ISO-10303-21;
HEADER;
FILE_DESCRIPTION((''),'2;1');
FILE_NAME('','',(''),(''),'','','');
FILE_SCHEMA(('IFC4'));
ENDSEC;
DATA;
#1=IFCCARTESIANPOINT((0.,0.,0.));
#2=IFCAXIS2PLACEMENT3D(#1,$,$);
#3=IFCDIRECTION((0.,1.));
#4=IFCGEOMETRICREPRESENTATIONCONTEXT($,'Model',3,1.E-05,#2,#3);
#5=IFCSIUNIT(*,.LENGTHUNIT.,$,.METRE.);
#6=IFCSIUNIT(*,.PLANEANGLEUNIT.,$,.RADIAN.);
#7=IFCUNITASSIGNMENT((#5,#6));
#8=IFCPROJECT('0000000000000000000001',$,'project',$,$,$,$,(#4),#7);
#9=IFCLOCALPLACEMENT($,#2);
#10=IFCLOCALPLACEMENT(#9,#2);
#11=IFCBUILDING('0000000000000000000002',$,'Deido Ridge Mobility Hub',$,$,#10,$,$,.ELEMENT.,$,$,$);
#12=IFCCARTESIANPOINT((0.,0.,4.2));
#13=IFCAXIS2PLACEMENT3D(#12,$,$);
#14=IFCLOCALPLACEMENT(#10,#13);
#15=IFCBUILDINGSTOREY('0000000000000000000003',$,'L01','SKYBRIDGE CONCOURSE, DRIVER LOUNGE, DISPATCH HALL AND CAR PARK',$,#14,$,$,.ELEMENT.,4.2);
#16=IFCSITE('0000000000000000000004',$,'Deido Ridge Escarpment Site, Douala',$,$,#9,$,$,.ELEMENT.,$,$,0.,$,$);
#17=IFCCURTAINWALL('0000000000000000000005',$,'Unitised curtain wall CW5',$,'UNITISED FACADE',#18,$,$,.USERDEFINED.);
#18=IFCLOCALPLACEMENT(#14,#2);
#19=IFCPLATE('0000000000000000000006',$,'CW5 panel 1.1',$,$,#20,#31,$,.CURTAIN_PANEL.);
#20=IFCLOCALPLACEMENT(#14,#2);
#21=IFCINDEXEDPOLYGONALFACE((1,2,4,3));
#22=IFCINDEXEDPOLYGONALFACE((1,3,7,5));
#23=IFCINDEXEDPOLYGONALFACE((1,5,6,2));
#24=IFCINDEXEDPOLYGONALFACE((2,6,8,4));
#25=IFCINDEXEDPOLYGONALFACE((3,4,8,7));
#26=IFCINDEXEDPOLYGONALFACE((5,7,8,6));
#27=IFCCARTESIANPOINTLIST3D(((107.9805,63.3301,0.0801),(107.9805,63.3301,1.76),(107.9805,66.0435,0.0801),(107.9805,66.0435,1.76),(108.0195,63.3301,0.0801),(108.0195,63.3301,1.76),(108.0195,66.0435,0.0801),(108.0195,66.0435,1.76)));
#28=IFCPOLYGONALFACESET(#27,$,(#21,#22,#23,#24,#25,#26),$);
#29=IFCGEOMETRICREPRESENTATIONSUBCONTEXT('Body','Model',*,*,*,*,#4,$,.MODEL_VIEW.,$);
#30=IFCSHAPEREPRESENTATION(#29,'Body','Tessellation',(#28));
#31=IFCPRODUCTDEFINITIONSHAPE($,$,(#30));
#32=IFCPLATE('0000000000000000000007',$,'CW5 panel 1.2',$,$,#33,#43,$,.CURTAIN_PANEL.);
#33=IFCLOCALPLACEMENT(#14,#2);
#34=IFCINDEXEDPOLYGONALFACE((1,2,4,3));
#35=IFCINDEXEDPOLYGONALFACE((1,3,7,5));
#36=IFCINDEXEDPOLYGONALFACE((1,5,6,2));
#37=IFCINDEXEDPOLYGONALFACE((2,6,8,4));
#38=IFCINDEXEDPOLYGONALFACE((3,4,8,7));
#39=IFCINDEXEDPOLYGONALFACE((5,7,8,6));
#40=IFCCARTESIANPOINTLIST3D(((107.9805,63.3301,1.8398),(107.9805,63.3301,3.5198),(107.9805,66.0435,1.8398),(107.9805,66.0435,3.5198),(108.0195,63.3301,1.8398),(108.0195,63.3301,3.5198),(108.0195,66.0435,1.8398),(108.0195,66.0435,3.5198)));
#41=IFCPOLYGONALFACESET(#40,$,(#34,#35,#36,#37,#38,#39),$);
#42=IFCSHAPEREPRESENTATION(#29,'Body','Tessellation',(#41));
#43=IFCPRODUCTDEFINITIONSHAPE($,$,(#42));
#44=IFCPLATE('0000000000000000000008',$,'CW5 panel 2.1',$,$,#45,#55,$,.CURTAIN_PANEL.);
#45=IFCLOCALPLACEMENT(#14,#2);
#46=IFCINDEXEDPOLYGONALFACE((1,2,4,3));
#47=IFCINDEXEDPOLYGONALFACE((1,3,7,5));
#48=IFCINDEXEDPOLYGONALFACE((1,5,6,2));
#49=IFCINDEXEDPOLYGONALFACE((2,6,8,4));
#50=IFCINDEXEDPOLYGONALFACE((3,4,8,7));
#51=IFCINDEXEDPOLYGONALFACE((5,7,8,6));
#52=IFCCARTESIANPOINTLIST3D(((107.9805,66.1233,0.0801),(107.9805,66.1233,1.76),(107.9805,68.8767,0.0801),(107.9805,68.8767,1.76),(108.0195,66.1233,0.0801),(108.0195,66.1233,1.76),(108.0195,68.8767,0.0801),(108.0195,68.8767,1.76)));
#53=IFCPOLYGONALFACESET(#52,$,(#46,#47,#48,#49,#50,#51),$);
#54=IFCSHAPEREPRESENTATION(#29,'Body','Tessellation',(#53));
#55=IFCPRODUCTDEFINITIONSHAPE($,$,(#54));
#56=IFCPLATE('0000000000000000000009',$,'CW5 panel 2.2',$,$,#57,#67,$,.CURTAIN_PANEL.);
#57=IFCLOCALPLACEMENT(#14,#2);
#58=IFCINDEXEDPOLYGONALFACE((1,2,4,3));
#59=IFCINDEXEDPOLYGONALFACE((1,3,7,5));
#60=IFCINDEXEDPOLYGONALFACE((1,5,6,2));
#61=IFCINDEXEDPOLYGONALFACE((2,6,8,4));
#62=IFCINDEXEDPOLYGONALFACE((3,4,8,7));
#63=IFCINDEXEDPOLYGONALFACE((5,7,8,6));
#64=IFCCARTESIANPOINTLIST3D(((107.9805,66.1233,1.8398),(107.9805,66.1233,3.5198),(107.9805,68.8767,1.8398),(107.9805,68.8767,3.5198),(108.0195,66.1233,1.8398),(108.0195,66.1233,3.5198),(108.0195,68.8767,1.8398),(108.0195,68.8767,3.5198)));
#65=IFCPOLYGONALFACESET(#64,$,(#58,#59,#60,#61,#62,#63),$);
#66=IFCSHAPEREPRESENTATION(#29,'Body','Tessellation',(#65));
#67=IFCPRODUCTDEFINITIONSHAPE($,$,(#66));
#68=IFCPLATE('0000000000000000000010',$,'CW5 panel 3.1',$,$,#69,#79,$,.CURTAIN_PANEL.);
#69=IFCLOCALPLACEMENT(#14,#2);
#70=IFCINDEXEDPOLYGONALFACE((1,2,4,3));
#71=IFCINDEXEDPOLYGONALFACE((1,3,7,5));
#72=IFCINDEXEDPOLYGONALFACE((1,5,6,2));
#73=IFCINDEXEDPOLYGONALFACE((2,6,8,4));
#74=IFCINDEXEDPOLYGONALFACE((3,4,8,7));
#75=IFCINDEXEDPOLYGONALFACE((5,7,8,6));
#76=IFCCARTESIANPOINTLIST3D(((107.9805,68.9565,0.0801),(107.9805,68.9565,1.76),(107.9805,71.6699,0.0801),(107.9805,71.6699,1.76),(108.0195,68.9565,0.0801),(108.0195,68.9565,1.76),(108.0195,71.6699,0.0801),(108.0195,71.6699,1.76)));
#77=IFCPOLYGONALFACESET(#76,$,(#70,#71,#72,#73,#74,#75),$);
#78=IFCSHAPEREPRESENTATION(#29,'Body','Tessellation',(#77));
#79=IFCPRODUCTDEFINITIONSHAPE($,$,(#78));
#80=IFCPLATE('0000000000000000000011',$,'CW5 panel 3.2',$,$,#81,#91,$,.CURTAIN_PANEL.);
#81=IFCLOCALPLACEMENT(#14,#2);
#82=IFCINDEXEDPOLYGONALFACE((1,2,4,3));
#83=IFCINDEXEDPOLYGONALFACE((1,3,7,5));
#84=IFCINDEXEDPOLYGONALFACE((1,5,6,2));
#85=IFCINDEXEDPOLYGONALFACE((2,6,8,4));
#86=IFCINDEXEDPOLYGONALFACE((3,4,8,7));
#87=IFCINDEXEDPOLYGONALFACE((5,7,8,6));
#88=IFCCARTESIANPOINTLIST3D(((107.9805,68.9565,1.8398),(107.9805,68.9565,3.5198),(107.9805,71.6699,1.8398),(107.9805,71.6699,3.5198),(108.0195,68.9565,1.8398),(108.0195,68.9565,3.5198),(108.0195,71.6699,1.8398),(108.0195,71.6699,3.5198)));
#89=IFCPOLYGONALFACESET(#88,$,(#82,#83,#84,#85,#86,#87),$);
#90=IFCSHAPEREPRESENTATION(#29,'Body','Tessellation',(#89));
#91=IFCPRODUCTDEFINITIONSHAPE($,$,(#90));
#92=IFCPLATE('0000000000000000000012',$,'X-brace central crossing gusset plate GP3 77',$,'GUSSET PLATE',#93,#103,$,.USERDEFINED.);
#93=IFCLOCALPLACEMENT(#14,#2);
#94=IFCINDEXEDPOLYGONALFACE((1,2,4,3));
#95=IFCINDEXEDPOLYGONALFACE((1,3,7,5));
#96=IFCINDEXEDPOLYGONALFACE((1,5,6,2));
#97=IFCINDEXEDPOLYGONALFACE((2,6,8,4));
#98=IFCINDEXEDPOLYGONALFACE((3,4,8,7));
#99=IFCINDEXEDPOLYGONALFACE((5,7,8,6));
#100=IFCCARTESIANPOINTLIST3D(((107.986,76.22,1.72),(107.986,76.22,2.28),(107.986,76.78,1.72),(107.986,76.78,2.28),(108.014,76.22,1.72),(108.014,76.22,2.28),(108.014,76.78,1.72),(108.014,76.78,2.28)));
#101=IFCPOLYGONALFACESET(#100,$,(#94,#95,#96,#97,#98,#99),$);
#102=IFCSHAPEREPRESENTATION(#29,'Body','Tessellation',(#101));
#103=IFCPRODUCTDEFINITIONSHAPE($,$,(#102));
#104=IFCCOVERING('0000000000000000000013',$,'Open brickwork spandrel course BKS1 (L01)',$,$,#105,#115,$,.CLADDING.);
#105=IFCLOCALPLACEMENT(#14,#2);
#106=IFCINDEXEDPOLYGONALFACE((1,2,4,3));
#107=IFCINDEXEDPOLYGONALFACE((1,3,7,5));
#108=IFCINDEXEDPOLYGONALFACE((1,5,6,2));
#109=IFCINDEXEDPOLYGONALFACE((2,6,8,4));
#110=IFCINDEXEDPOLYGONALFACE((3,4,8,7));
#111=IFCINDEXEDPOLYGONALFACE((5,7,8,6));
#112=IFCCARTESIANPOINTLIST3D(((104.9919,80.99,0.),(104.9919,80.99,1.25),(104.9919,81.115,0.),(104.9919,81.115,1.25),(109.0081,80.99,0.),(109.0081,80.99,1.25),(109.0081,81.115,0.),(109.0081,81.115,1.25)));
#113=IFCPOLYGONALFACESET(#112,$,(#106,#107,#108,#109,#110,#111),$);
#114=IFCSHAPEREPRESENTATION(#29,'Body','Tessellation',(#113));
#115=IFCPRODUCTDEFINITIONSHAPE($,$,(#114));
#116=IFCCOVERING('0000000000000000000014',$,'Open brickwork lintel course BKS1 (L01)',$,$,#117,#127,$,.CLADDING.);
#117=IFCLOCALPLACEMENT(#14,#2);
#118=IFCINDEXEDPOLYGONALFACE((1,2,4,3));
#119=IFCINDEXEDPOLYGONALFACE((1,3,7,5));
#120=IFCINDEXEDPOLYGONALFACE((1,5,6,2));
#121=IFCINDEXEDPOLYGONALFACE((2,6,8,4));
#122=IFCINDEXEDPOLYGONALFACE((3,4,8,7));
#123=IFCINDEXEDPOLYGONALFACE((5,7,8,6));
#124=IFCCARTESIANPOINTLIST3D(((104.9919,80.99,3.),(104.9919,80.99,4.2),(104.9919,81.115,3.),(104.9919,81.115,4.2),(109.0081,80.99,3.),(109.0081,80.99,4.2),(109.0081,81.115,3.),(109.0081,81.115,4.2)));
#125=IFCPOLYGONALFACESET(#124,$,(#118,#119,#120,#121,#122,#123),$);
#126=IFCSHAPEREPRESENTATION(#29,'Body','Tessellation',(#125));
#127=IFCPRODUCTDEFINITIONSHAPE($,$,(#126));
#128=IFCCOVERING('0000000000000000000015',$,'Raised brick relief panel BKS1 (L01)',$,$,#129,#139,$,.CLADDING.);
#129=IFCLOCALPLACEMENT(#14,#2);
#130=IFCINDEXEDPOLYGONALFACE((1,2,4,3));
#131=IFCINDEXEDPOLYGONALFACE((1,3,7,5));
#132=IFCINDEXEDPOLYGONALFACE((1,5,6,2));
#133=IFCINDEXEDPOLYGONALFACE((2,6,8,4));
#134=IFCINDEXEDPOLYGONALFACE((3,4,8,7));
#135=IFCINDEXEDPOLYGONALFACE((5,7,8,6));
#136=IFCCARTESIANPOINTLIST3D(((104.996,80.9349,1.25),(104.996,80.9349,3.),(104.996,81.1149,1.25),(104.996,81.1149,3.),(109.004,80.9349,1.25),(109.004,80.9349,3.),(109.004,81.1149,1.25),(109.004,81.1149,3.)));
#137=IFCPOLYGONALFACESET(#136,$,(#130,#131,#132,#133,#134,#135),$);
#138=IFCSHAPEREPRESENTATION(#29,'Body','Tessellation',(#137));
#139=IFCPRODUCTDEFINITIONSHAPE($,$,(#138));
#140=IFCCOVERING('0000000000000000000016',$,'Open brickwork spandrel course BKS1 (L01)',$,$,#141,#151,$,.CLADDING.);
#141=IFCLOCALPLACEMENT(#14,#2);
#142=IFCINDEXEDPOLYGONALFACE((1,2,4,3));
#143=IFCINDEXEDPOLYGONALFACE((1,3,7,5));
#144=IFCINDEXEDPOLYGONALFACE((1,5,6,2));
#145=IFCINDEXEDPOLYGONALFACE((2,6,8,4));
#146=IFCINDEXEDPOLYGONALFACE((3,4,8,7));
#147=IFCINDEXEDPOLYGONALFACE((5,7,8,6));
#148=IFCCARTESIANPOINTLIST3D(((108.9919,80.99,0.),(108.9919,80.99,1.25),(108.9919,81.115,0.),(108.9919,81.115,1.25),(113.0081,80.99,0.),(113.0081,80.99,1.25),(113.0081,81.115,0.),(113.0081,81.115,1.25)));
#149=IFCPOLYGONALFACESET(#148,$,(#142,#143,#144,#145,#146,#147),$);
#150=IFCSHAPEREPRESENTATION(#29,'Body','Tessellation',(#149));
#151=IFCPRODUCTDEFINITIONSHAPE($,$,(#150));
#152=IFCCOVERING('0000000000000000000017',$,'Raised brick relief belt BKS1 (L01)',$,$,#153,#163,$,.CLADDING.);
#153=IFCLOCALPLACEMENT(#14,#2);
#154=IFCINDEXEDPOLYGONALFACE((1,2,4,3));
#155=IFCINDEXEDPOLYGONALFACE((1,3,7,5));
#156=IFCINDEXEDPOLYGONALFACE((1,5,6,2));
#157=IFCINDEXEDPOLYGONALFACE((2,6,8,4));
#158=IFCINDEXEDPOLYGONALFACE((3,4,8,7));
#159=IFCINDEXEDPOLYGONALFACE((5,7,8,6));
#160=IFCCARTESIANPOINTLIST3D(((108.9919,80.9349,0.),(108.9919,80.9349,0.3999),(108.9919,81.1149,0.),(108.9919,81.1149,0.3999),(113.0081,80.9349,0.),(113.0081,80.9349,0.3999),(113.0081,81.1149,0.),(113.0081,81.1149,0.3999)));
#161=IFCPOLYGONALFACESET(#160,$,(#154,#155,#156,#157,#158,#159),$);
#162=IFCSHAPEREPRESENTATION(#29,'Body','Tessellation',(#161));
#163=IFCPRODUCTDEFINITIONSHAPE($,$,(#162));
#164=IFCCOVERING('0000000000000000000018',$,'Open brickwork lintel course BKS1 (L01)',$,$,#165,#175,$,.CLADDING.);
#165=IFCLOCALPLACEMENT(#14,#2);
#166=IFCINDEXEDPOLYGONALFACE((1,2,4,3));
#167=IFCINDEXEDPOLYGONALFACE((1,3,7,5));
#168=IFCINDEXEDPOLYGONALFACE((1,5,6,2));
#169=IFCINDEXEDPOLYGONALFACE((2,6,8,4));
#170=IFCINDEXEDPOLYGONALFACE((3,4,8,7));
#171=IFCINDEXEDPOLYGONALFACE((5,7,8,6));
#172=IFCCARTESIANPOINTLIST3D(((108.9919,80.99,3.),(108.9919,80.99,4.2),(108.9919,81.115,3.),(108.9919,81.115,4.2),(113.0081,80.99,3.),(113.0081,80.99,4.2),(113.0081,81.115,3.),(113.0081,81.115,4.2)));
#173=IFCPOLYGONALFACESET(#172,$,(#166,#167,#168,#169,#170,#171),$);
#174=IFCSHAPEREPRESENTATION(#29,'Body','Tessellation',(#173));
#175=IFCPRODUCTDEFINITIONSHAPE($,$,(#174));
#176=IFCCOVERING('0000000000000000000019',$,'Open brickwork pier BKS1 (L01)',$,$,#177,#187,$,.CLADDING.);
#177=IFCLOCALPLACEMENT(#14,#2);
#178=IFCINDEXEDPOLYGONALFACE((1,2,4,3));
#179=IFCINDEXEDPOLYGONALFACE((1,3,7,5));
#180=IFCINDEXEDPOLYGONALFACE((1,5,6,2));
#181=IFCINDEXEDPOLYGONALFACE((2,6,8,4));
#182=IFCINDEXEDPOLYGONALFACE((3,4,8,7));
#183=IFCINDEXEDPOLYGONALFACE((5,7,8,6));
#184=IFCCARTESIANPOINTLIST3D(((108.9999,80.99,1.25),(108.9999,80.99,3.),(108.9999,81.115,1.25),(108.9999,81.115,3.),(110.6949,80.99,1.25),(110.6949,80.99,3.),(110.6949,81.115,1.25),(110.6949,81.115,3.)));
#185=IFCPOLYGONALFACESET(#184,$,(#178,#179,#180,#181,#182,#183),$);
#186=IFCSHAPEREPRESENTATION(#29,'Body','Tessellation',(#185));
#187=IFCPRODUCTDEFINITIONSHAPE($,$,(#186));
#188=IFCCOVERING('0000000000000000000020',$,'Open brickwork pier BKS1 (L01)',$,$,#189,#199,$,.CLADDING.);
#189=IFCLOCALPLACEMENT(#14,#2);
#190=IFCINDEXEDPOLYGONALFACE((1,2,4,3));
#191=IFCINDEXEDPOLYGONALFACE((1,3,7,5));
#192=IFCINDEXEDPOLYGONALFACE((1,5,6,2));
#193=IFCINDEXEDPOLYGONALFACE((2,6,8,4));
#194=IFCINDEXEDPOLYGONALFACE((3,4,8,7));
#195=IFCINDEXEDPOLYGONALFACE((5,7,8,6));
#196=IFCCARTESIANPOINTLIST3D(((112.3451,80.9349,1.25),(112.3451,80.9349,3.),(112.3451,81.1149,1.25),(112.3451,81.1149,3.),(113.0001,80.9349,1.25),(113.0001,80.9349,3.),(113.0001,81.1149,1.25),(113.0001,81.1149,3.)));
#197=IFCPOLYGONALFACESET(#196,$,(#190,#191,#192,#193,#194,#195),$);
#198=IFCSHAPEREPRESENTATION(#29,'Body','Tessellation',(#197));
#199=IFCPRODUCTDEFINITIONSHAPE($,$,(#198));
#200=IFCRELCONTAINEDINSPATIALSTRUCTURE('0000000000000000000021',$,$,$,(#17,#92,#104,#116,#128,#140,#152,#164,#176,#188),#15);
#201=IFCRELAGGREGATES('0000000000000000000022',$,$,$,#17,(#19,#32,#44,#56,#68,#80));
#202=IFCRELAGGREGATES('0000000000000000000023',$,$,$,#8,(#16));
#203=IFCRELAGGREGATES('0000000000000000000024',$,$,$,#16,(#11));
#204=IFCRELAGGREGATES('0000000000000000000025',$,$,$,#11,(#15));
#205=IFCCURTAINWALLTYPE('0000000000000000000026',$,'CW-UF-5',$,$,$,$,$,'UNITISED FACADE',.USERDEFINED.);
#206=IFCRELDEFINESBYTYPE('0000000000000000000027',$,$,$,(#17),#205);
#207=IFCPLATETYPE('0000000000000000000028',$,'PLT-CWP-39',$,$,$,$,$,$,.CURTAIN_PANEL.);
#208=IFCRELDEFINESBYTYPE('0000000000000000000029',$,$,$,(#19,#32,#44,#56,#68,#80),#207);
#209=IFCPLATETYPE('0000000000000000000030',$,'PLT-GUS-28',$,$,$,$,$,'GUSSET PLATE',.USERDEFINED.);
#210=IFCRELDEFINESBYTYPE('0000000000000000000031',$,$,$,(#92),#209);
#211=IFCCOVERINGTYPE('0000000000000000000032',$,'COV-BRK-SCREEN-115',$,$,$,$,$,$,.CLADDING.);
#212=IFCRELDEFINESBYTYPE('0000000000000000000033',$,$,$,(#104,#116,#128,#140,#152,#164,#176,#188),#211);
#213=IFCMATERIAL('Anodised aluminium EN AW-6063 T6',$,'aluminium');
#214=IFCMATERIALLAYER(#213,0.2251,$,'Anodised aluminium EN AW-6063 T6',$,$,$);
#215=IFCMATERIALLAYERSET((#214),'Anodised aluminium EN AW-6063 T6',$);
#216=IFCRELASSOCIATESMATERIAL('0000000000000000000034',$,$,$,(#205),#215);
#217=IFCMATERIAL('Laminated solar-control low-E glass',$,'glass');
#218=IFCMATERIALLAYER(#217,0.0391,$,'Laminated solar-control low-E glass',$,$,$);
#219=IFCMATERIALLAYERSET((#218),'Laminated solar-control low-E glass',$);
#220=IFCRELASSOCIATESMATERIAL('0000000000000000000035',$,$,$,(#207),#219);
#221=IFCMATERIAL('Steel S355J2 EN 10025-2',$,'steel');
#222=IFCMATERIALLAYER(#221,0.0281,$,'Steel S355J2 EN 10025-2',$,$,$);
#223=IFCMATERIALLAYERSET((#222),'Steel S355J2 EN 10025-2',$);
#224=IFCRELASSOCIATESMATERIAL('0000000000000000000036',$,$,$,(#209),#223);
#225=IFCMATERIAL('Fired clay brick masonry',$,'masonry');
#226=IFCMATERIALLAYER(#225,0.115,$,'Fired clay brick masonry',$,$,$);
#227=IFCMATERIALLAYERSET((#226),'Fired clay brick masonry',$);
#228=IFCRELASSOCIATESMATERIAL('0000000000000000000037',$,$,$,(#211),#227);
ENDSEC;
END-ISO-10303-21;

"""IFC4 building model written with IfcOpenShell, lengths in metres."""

from ifc_helpers import new_model, si_unit, direction, frame, origin, origin_2d, place, context, subcontext, project, spatial, rectangle, extrude, material, layer, layer_set, type_object, element, aggregate, save


model = new_model("IFC4")

# Units and contexts
model_context = context("Model", 3, precision=1e-05, world=origin(), true_north=direction((0.0, 1.0)))
body_context = subcontext(model_context, "Body", "Model", "MODEL_VIEW")
ifc_project = project(units=[si_unit("LENGTHUNIT", "METRE"), si_unit("PLANEANGLEUNIT", "RADIAN")], contexts=[model_context])

# Site, building, storey
site_placement = place(None, origin())
site = spatial("IfcSite", under=ifc_project, at=site_placement, Name="Deido Ridge Escarpment Site, Douala", CompositionType="ELEMENT", RefElevation=0.0)
building_placement = place(site_placement, origin())
building = spatial("IfcBuilding", under=site, at=building_placement, Name="Deido Ridge Mobility Hub", CompositionType="ELEMENT")
storey_placement = place(building_placement, frame((0.0, 0.0, 4.2)))
storey = spatial("IfcBuildingStorey", under=building, at=storey_placement, Name="L01", Description="SKYBRIDGE CONCOURSE, DRIVER LOUNGE, DISPATCH HALL AND CAR PARK", CompositionType="ELEMENT", Elevation=4.2)

# Shared definitions
ifc_material_1 = material(Name="Steel S355J2 EN 10025-2", Category="steel")

# Curtain wall
ifc_material_2 = material(Name="Anodised aluminium EN AW-6063 T6", Category="aluminium")
ifc_layer_1 = layer(ifc_material_2, 0.2251, Name="Anodised aluminium EN AW-6063 T6")
ifc_layer_set_1 = layer_set([ifc_layer_1], Name="Anodised aluminium EN AW-6063 T6")
curtain_wall_type = type_object("IfcCurtainWallType", Name="CW-UF-5", ElementType="UNITISED FACADE", PredefinedType="USERDEFINED", material=ifc_layer_set_1)
curtain_wall_placement = place(storey_placement, origin())
curtain_wall = element("IfcCurtainWall", 1, at=curtain_wall_placement, inside=storey, type_object=curtain_wall_type, Name="Unitised curtain wall CW5", ObjectType="UNITISED FACADE", PredefinedType="USERDEFINED")

# Plates
ifc_material_3 = material(Name="Laminated solar-control low-E glass", Category="glass")
ifc_layer_2 = layer(ifc_material_3, 0.0391, Name="Laminated solar-control low-E glass")
ifc_layer_set_2 = layer_set([ifc_layer_2], Name="Laminated solar-control low-E glass")
plate_type_1 = type_object("IfcPlateType", Name="PLT-CWP-39", PredefinedType="CURTAIN_PANEL", material=ifc_layer_set_2)
plate_1_placement = place(storey_placement, frame((108.0, 64.6868, 0.0801), z_axis=(0.0, 0.0, 1.0), x_axis=(0.0, 1.0, 0.0)))
plate_1 = element("IfcPlate", 2, at=plate_1_placement, type_object=plate_type_1, Name="CW5 panel 1.1", PredefinedType="CURTAIN_PANEL", context=body_context, shape_type="SweptSolid", body=[
    extrude(rectangle(XDim=2.7134, YDim=0.0391, at=origin_2d()), origin(), (0.0, 0.0, 1.0), 1.6799),
])
plate_2_placement = place(storey_placement, frame((108.0, 64.6868, 1.8398), z_axis=(0.0, 0.0, 1.0), x_axis=(0.0, 1.0, 0.0)))
plate_2 = element("IfcPlate", 3, at=plate_2_placement, type_object=plate_type_1, Name="CW5 panel 1.2", PredefinedType="CURTAIN_PANEL", context=body_context, shape_type="SweptSolid", body=[
    extrude(rectangle(XDim=2.7134, YDim=0.0391, at=origin_2d()), origin(), (0.0, 0.0, 1.0), 1.6799),
])
plate_3_placement = place(storey_placement, frame((108.0, 67.5, 0.0801), z_axis=(0.0, 0.0, 1.0), x_axis=(0.0, 1.0, 0.0)))
plate_3 = element("IfcPlate", 4, at=plate_3_placement, type_object=plate_type_1, Name="CW5 panel 2.1", PredefinedType="CURTAIN_PANEL", context=body_context, shape_type="SweptSolid", body=[
    extrude(rectangle(XDim=2.7534, YDim=0.0391, at=origin_2d()), origin(), (0.0, 0.0, 1.0), 1.6799),
])
plate_4_placement = place(storey_placement, frame((108.0, 67.5, 1.8398), z_axis=(0.0, 0.0, 1.0), x_axis=(0.0, 1.0, 0.0)))
plate_4 = element("IfcPlate", 5, at=plate_4_placement, type_object=plate_type_1, Name="CW5 panel 2.2", PredefinedType="CURTAIN_PANEL", context=body_context, shape_type="SweptSolid", body=[
    extrude(rectangle(XDim=2.7534, YDim=0.0391, at=origin_2d()), origin(), (0.0, 0.0, 1.0), 1.6799),
])
plate_5_placement = place(storey_placement, frame((108.0, 70.3132, 0.0801), z_axis=(0.0, 0.0, 1.0), x_axis=(0.0, 1.0, 0.0)))
plate_5 = element("IfcPlate", 6, at=plate_5_placement, type_object=plate_type_1, Name="CW5 panel 3.1", PredefinedType="CURTAIN_PANEL", context=body_context, shape_type="SweptSolid", body=[
    extrude(rectangle(XDim=2.7134, YDim=0.0391, at=origin_2d()), origin(), (0.0, 0.0, 1.0), 1.6799),
])
plate_6_placement = place(storey_placement, frame((108.0, 70.3132, 1.8398), z_axis=(0.0, 0.0, 1.0), x_axis=(0.0, 1.0, 0.0)))
plate_6 = element("IfcPlate", 7, at=plate_6_placement, type_object=plate_type_1, Name="CW5 panel 3.2", PredefinedType="CURTAIN_PANEL", context=body_context, shape_type="SweptSolid", body=[
    extrude(rectangle(XDim=2.7134, YDim=0.0391, at=origin_2d()), origin(), (0.0, 0.0, 1.0), 1.6799),
])
aggregate(curtain_wall, [plate_1, plate_2, plate_3, plate_4, plate_5, plate_6])
ifc_layer_3 = layer(ifc_material_1, 0.0281, Name="Steel S355J2 EN 10025-2")
ifc_layer_set_3 = layer_set([ifc_layer_3], Name="Steel S355J2 EN 10025-2")
plate_type_2 = type_object("IfcPlateType", Name="PLT-GUS-28", ElementType="GUSSET PLATE", PredefinedType="USERDEFINED", material=ifc_layer_set_3)
plate_7_placement = place(storey_placement, frame((108.0, 76.5, 1.72), z_axis=(0.0, 0.0, 1.0), x_axis=(0.0, 1.0, 0.0)))
element("IfcPlate", 8, at=plate_7_placement, inside=storey, type_object=plate_type_2, Name="X-brace central crossing gusset plate GP3 77", ObjectType="GUSSET PLATE", PredefinedType="USERDEFINED", context=body_context, shape_type="SweptSolid", body=[
    extrude(rectangle(XDim=0.5601, YDim=0.0281, at=origin_2d()), origin(), (0.0, 0.0, 1.0), 0.5601),
])

# Coverings
ifc_material_4 = material(Name="Fired clay brick masonry", Category="masonry")
ifc_layer_4 = layer(ifc_material_4, 0.115, Name="Fired clay brick masonry")
ifc_layer_set_4 = layer_set([ifc_layer_4], Name="Fired clay brick masonry")
covering_type = type_object("IfcCoveringType", Name="COV-BRK-SCREEN-115", PredefinedType="CLADDING", material=ifc_layer_set_4)
covering_1_placement = place(storey_placement, frame((107.0, 81.0525, 0.0), z_axis=(0.0, 0.0, 1.0), x_axis=(1.0, 0.0, 0.0)))
element("IfcCovering", 9, at=covering_1_placement, inside=storey, type_object=covering_type, Name="Open brickwork spandrel course BKS1 (L01)", PredefinedType="CLADDING", context=body_context, shape_type="SweptSolid", body=[
    extrude(rectangle(XDim=4.0161, YDim=0.125, at=origin_2d()), origin(), (0.0, 0.0, 1.0), 1.25),
])
covering_2_placement = place(storey_placement, frame((107.0, 81.0525, 3.0), z_axis=(0.0, 0.0, 1.0), x_axis=(1.0, 0.0, 0.0)))
element("IfcCovering", 10, at=covering_2_placement, inside=storey, type_object=covering_type, Name="Open brickwork lintel course BKS1 (L01)", PredefinedType="CLADDING", context=body_context, shape_type="SweptSolid", body=[
    extrude(rectangle(XDim=4.0161, YDim=0.125, at=origin_2d()), origin(), (0.0, 0.0, 1.0), 1.2),
])
covering_3_placement = place(storey_placement, frame((107.0, 81.0249, 1.25), z_axis=(0.0, 0.0, 1.0), x_axis=(1.0, 0.0, 0.0)))
element("IfcCovering", 11, at=covering_3_placement, inside=storey, type_object=covering_type, Name="Raised brick relief panel BKS1 (L01)", PredefinedType="CLADDING", context=body_context, shape_type="SweptSolid", body=[
    extrude(rectangle(XDim=4.0081, YDim=0.1799, at=origin_2d()), origin(), (0.0, 0.0, 1.0), 1.75),
])
covering_4_placement = place(storey_placement, frame((111.0, 81.0525, 0.0), z_axis=(0.0, 0.0, 1.0), x_axis=(1.0, 0.0, 0.0)))
element("IfcCovering", 12, at=covering_4_placement, inside=storey, type_object=covering_type, Name="Open brickwork spandrel course BKS1 (L01)", PredefinedType="CLADDING", context=body_context, shape_type="SweptSolid", body=[
    extrude(rectangle(XDim=4.0161, YDim=0.125, at=origin_2d()), origin(), (0.0, 0.0, 1.0), 1.25),
])
covering_5_placement = place(storey_placement, frame((111.0, 81.0249, 0.0), z_axis=(0.0, 0.0, 1.0), x_axis=(1.0, 0.0, 0.0)))
element("IfcCovering", 13, at=covering_5_placement, inside=storey, type_object=covering_type, Name="Raised brick relief belt BKS1 (L01)", PredefinedType="CLADDING", context=body_context, shape_type="SweptSolid", body=[
    extrude(rectangle(XDim=4.0161, YDim=0.1799, at=origin_2d()), origin(), (0.0, 0.0, 1.0), 0.3999),
])
covering_6_placement = place(storey_placement, frame((111.0, 81.0525, 3.0), z_axis=(0.0, 0.0, 1.0), x_axis=(1.0, 0.0, 0.0)))
element("IfcCovering", 14, at=covering_6_placement, inside=storey, type_object=covering_type, Name="Open brickwork lintel course BKS1 (L01)", PredefinedType="CLADDING", context=body_context, shape_type="SweptSolid", body=[
    extrude(rectangle(XDim=4.0161, YDim=0.125, at=origin_2d()), origin(), (0.0, 0.0, 1.0), 1.2),
])
covering_7_placement = place(storey_placement, frame((109.8474, 81.0525, 1.25), z_axis=(0.0, 0.0, 1.0), x_axis=(1.0, 0.0, 0.0)))
element("IfcCovering", 15, at=covering_7_placement, inside=storey, type_object=covering_type, Name="Open brickwork pier BKS1 (L01)", PredefinedType="CLADDING", context=body_context, shape_type="SweptSolid", body=[
    extrude(rectangle(XDim=1.6951, YDim=0.125, at=origin_2d()), origin(), (0.0, 0.0, 1.0), 1.75),
])
covering_8_placement = place(storey_placement, frame((112.6726, 81.0249, 1.25), z_axis=(0.0, 0.0, 1.0), x_axis=(1.0, 0.0, 0.0)))
element("IfcCovering", 16, at=covering_8_placement, inside=storey, type_object=covering_type, Name="Open brickwork pier BKS1 (L01)", PredefinedType="CLADDING", context=body_context, shape_type="SweptSolid", body=[
    extrude(rectangle(XDim=0.655, YDim=0.1799, at=origin_2d()), origin(), (0.0, 0.0, 1.0), 1.75),
])

save(model, "model.ifc")
